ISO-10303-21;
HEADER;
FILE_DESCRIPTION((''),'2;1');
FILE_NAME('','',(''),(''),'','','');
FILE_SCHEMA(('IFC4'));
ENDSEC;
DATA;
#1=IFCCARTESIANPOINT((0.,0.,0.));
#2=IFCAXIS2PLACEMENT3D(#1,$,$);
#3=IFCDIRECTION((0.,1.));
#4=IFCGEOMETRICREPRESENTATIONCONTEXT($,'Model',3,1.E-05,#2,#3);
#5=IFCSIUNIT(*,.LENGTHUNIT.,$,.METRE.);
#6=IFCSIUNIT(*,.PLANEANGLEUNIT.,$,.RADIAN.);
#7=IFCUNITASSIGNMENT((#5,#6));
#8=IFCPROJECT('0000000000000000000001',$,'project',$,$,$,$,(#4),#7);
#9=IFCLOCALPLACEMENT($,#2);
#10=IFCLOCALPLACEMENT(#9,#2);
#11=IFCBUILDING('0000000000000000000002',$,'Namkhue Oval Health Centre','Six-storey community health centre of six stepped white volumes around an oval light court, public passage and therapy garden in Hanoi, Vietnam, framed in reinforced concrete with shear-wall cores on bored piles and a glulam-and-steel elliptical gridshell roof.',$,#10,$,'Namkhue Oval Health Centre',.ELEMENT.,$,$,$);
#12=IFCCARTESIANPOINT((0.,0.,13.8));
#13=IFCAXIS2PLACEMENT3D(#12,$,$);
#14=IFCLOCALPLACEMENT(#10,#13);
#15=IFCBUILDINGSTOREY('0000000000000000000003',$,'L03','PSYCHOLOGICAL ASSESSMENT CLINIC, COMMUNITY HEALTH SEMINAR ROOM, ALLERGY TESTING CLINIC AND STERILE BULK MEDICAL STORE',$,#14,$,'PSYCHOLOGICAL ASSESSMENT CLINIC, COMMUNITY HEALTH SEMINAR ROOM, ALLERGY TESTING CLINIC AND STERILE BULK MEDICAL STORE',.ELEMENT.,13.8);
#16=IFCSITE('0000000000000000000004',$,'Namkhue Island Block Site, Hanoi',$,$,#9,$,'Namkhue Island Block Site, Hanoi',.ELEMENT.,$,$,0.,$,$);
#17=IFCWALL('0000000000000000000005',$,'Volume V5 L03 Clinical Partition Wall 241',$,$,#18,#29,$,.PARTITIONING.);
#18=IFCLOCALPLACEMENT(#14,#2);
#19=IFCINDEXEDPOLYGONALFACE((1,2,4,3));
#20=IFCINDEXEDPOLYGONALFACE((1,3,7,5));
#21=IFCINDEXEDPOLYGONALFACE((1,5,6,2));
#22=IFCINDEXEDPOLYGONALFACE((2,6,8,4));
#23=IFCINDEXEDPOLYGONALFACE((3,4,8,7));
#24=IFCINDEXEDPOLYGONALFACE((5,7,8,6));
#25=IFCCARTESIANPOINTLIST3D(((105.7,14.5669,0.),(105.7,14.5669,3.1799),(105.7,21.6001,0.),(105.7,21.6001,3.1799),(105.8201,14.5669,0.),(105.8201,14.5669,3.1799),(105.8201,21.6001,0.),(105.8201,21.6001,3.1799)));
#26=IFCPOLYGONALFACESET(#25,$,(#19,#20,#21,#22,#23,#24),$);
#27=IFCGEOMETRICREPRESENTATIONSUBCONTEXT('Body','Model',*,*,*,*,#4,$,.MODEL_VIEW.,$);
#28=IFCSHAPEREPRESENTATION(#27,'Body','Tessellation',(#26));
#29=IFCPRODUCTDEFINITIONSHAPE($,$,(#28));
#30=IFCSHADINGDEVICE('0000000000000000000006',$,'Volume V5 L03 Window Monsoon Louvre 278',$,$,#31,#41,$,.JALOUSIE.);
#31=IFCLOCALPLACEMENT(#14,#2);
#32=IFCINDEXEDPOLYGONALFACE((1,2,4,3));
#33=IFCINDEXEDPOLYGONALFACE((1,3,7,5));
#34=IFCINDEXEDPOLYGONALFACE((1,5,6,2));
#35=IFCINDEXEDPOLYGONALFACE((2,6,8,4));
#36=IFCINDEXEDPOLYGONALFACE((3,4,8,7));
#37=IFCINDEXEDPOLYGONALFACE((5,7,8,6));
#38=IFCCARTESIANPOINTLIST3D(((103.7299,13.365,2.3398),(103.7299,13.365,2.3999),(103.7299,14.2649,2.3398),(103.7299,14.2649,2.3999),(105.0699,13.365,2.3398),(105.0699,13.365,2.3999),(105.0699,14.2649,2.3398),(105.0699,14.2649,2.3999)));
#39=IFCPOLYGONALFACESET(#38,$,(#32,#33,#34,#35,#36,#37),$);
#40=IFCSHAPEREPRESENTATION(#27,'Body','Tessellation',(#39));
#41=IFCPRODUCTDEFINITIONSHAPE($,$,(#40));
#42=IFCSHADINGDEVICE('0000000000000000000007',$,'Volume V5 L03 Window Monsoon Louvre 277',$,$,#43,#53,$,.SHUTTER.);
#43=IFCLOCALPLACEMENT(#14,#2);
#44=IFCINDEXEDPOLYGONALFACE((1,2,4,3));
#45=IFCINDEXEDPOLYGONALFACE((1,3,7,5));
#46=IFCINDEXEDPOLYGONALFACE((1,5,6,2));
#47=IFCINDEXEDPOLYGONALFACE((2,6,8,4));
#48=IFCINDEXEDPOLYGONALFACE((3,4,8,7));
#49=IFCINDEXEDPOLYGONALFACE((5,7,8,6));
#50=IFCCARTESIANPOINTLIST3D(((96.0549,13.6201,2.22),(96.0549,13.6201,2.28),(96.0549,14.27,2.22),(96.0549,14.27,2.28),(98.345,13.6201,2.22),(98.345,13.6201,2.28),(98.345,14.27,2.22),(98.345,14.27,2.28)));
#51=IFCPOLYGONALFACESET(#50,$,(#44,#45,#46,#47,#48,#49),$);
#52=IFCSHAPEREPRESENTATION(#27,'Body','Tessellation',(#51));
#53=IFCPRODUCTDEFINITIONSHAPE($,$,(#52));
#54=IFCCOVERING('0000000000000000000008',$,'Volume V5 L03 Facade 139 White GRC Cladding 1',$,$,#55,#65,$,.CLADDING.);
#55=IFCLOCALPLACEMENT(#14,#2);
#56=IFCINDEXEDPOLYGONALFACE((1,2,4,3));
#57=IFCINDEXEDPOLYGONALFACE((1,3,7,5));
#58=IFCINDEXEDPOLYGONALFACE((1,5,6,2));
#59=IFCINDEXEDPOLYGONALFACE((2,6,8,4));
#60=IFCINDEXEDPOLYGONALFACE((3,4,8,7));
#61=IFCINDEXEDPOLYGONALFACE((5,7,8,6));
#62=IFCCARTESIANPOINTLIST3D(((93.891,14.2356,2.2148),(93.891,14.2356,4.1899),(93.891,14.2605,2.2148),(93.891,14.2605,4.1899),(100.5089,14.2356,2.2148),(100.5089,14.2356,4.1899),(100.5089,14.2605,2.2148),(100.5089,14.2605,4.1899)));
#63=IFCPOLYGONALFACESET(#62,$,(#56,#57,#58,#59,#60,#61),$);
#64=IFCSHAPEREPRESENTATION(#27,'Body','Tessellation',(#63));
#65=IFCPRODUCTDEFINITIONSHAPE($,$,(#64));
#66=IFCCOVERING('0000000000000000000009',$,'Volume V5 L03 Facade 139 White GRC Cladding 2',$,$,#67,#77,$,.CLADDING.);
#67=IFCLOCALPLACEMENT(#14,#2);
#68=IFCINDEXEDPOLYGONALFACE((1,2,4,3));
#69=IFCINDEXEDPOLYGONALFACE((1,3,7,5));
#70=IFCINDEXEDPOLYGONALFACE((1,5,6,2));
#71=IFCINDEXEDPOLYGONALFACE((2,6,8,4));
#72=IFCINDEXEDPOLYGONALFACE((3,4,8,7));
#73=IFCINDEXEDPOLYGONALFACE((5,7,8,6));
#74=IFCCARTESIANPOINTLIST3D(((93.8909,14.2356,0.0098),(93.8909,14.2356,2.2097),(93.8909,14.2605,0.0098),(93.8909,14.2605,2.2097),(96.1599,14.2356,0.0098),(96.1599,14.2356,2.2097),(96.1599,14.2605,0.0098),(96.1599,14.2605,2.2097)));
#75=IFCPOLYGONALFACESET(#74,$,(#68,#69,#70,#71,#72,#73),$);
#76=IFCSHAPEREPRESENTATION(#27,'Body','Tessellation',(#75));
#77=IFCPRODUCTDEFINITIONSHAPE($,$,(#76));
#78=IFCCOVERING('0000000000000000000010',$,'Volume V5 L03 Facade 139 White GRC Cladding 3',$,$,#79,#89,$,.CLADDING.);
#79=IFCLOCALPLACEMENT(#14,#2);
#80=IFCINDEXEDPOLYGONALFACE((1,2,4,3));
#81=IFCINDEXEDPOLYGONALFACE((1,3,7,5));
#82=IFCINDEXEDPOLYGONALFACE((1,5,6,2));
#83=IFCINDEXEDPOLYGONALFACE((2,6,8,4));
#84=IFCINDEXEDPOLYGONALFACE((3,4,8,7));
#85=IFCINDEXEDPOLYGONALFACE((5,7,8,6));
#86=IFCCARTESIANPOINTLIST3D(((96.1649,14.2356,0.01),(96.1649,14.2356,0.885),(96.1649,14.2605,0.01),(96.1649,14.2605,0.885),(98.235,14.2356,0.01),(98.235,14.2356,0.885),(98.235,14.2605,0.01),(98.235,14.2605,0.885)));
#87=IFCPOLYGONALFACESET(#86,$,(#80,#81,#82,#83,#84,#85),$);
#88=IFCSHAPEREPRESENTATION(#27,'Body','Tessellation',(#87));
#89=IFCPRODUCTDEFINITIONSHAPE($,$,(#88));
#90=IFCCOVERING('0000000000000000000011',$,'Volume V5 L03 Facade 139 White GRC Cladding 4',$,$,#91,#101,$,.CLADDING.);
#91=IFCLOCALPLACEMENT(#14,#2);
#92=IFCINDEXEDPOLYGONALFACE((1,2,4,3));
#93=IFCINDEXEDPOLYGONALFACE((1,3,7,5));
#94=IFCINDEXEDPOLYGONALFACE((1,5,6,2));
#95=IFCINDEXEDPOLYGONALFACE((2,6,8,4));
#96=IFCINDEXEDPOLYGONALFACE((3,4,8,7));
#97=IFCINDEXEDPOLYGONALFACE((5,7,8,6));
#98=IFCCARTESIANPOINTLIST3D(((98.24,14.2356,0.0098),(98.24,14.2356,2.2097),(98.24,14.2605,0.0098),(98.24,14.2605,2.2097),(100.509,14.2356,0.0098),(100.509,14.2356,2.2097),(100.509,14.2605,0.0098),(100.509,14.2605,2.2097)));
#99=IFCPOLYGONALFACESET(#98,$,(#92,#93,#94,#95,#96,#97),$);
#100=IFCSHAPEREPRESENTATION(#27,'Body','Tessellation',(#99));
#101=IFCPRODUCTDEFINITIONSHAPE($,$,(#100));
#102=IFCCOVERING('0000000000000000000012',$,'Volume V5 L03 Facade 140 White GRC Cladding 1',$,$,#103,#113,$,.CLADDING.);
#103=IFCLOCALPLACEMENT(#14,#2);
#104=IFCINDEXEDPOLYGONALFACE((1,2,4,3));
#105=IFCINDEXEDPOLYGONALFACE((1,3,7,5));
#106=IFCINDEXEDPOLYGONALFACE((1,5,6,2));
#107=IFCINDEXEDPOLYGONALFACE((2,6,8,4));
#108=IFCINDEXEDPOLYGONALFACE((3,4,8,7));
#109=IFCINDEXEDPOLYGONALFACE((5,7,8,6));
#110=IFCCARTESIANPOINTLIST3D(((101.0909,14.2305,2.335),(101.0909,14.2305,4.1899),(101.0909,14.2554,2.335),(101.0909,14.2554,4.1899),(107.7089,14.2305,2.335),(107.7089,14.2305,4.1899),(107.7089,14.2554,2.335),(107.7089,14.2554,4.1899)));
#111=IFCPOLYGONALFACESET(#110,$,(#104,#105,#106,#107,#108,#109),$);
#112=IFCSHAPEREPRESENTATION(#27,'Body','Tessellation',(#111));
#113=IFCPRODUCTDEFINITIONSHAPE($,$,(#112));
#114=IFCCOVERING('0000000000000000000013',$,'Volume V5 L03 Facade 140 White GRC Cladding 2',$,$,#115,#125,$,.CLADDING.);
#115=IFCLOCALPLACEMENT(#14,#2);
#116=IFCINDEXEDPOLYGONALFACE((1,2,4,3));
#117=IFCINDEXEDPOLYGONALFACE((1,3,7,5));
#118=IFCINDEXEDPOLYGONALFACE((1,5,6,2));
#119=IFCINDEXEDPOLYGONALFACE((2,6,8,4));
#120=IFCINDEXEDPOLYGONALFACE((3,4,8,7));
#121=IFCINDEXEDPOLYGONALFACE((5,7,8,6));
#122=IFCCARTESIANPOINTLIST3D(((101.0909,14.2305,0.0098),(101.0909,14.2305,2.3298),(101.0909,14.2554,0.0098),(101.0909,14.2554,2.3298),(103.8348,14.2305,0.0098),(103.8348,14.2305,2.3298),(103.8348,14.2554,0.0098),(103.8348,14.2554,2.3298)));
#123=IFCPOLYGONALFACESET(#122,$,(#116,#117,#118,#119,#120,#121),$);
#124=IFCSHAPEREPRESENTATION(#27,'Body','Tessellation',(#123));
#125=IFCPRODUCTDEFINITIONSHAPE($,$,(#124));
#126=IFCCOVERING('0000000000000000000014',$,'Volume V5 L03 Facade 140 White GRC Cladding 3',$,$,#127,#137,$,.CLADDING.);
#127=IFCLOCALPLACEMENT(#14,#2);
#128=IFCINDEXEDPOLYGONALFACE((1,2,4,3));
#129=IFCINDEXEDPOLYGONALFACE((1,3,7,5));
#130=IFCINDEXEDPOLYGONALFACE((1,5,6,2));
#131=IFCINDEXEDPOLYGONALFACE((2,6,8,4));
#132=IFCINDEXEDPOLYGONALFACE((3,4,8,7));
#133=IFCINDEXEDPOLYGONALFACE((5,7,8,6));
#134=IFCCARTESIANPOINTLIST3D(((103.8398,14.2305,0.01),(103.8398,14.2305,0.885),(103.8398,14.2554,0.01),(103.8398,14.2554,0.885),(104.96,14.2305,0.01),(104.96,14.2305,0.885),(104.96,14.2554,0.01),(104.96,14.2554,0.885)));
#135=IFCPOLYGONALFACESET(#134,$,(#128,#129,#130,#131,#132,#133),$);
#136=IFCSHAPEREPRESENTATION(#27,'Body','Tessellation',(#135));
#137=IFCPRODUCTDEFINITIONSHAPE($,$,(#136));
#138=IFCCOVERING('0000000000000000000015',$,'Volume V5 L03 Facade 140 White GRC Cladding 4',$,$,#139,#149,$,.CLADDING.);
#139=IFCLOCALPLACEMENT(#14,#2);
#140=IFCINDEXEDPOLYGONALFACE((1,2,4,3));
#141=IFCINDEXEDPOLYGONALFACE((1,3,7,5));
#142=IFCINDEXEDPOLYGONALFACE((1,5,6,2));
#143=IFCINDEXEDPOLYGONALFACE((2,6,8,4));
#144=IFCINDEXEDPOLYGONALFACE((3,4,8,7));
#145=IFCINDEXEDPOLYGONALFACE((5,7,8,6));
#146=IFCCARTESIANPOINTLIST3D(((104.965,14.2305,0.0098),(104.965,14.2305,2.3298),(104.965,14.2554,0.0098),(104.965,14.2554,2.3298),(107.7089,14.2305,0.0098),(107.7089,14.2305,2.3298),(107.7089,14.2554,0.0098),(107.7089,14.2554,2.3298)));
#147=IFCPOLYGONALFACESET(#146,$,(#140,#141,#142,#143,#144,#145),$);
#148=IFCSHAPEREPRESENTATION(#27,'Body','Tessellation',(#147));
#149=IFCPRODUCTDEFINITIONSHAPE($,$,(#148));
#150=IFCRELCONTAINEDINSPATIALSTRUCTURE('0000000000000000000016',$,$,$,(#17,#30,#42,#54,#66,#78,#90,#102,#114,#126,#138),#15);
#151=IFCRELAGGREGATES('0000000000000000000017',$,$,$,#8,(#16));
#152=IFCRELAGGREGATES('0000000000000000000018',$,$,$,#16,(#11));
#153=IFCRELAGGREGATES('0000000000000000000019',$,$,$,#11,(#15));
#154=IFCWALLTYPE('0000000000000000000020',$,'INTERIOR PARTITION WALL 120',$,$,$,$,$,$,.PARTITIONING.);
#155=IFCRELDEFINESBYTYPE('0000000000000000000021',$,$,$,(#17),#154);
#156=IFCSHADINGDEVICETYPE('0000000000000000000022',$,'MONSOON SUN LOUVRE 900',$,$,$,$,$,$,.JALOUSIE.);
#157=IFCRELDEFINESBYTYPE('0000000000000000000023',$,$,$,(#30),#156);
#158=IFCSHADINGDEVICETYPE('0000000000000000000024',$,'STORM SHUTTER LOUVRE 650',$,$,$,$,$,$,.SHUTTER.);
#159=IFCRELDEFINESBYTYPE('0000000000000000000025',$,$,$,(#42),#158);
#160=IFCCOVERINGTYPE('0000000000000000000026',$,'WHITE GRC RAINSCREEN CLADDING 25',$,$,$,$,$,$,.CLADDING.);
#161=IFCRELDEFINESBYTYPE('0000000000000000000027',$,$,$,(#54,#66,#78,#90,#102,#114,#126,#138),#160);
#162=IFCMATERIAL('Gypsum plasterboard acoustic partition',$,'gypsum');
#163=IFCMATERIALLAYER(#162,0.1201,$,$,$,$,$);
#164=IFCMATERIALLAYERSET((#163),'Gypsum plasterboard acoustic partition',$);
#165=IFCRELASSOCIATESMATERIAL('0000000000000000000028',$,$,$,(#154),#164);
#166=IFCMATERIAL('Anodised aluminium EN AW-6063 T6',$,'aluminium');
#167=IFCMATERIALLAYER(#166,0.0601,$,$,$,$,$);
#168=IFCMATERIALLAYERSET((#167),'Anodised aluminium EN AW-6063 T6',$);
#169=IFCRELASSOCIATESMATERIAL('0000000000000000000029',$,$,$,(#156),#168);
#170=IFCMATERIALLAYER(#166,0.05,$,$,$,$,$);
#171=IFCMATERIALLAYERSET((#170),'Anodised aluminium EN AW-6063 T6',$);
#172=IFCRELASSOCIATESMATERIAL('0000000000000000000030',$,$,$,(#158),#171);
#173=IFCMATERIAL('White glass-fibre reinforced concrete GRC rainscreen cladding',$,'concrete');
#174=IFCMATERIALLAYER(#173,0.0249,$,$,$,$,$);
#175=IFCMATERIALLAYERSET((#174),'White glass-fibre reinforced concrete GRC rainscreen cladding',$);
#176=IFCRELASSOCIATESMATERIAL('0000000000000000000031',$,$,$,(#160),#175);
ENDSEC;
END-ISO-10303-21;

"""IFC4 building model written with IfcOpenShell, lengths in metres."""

from ifc_helpers import new_model, si_unit, direction, frame, frame_2d, origin, origin_2d, place, context, subcontext, project, spatial, rectangle, extrude, material, layer, layer_set, type_object, element, save


model = new_model("IFC4")

# Units and contexts
model_context = context("Model", 3, precision=1e-05, world=origin(), true_north=direction((0.0, 1.0)))
body_context = subcontext(model_context, "Body", "Model", "MODEL_VIEW")
ifc_project = project(units=[si_unit("LENGTHUNIT", "METRE"), si_unit("PLANEANGLEUNIT", "RADIAN")], contexts=[model_context])

# Site, building, storey
site_placement = place(None, origin())
site = spatial("IfcSite", under=ifc_project, at=site_placement, Name="Namkhue Island Block Site, Hanoi", LongName="Namkhue Island Block Site, Hanoi", CompositionType="ELEMENT", RefElevation=0.0)
building_placement = place(site_placement, origin())
building = spatial("IfcBuilding", under=site, at=building_placement, Name="Namkhue Oval Health Centre", Description="Six-storey community health centre of six stepped white volumes around an oval light court, public passage and therapy garden in Hanoi, Vietnam, framed in reinforced concrete with shear-wall cores on bored piles and a glulam-and-steel elliptical gridshell roof.", LongName="Namkhue Oval Health Centre", CompositionType="ELEMENT")
storey_placement = place(building_placement, frame((0.0, 0.0, 13.8)))
storey = spatial("IfcBuildingStorey", under=building, at=storey_placement, Name="L03", Description="PSYCHOLOGICAL ASSESSMENT CLINIC, COMMUNITY HEALTH SEMINAR ROOM, ALLERGY TESTING CLINIC AND STERILE BULK MEDICAL STORE", LongName="PSYCHOLOGICAL ASSESSMENT CLINIC, COMMUNITY HEALTH SEMINAR ROOM, ALLERGY TESTING CLINIC AND STERILE BULK MEDICAL STORE", CompositionType="ELEMENT", Elevation=13.8)

# Wall
ifc_material_1 = material(Name="Gypsum plasterboard acoustic partition", Category="gypsum")
ifc_layer_1 = layer(ifc_material_1, 0.1201)
ifc_layer_set_1 = layer_set([ifc_layer_1], Name="Gypsum plasterboard acoustic partition")
wall_type_1 = type_object("IfcWallType", Name="INTERIOR PARTITION WALL 120", PredefinedType="PARTITIONING", material=ifc_layer_set_1)
wall_1_placement = place(storey_placement, frame((105.76, 14.5669, 0.0), z_axis=(0.0, 0.0, 1.0), x_axis=(0.0, 1.0, 0.0)))
element("IfcWall", 1, at=wall_1_placement, inside=storey, type_object=wall_type_1, Name="Volume V5 L03 Clinical Partition Wall 241", PredefinedType="PARTITIONING", context=body_context, shape_type="SweptSolid", body=[
    extrude(rectangle(XDim=7.0332, YDim=0.1201, at=frame_2d((3.5166, 0.0))), origin(), (0.0, 0.0, 1.0), 3.1799),
])

# Shading devices
ifc_material_2 = material(Name="Anodised aluminium EN AW-6063 T6", Category="aluminium")
ifc_layer_2 = layer(ifc_material_2, 0.0601)
ifc_layer_set_2 = layer_set([ifc_layer_2], Name="Anodised aluminium EN AW-6063 T6")
shading_device_type_1 = type_object("IfcShadingDeviceType", Name="MONSOON SUN LOUVRE 900", PredefinedType="JALOUSIE", material=ifc_layer_set_2)
shading_device_1_placement = place(storey_placement, frame((104.3999, 13.8149, 2.3398), z_axis=(0.0, 0.0, 1.0), x_axis=(1.0, 0.0, 0.0)))
element("IfcShadingDevice", 2, at=shading_device_1_placement, inside=storey, type_object=shading_device_type_1, Name="Volume V5 L03 Window Monsoon Louvre 278", PredefinedType="JALOUSIE", context=body_context, shape_type="SweptSolid", body=[
    extrude(rectangle(XDim=1.3401, YDim=0.8999, at=origin_2d()), origin(), (0.0, 0.0, 1.0), 0.0601),
])
ifc_layer_3 = layer(ifc_material_2, 0.05)
ifc_layer_set_3 = layer_set([ifc_layer_3], Name="Anodised aluminium EN AW-6063 T6")
shading_device_type_2 = type_object("IfcShadingDeviceType", Name="STORM SHUTTER LOUVRE 650", PredefinedType="SHUTTER", material=ifc_layer_set_3)
shading_device_2_placement = place(storey_placement, frame((97.2, 13.9451, 2.22), z_axis=(0.0, 0.0, 1.0), x_axis=(1.0, 0.0, 0.0)))
element("IfcShadingDevice", 3, at=shading_device_2_placement, inside=storey, type_object=shading_device_type_2, Name="Volume V5 L03 Window Monsoon Louvre 277", PredefinedType="SHUTTER", context=body_context, shape_type="SweptSolid", body=[
    extrude(rectangle(XDim=2.29, YDim=0.6499, at=origin_2d()), origin(), (0.0, 0.0, 1.0), 0.0601),
])

# Coverings
ifc_material_3 = material(Name="White glass-fibre reinforced concrete GRC rainscreen cladding", Category="concrete")
ifc_layer_4 = layer(ifc_material_3, 0.0249)
ifc_layer_set_4 = layer_set([ifc_layer_4], Name="White glass-fibre reinforced concrete GRC rainscreen cladding")
covering_type = type_object("IfcCoveringType", Name="WHITE GRC RAINSCREEN CLADDING 25", PredefinedType="CLADDING", material=ifc_layer_set_4)
covering_1_placement = place(storey_placement, frame((97.2, 14.248, 2.2148), z_axis=(0.0, 0.0, 1.0), x_axis=(1.0, 0.0, 0.0)))
element("IfcCovering", 4, at=covering_1_placement, inside=storey, type_object=covering_type, Name="Volume V5 L03 Facade 139 White GRC Cladding 1", PredefinedType="CLADDING", context=body_context, shape_type="SweptSolid", body=[
    extrude(rectangle(XDim=6.6179, YDim=0.0249, at=origin_2d()), origin(), (0.0, 0.0, 1.0), 1.9751),
])
covering_2_placement = place(storey_placement, frame((95.0254, 14.248, 0.0098), z_axis=(0.0, 0.0, 1.0), x_axis=(1.0, 0.0, 0.0)))
element("IfcCovering", 5, at=covering_2_placement, inside=storey, type_object=covering_type, Name="Volume V5 L03 Facade 139 White GRC Cladding 2", PredefinedType="CLADDING", context=body_context, shape_type="SweptSolid", body=[
    extrude(rectangle(XDim=2.269, YDim=0.0249, at=origin_2d()), origin(), (0.0, 0.0, 1.0), 2.2),
])
covering_3_placement = place(storey_placement, frame((97.2, 14.248, 0.01), z_axis=(0.0, 0.0, 1.0), x_axis=(1.0, 0.0, 0.0)))
element("IfcCovering", 6, at=covering_3_placement, inside=storey, type_object=covering_type, Name="Volume V5 L03 Facade 139 White GRC Cladding 3", PredefinedType="CLADDING", context=body_context, shape_type="SweptSolid", body=[
    extrude(rectangle(XDim=2.0701, YDim=0.0249, at=origin_2d()), origin(), (0.0, 0.0, 1.0), 0.875),
])
covering_4_placement = place(storey_placement, frame((99.3745, 14.248, 0.0098), z_axis=(0.0, 0.0, 1.0), x_axis=(1.0, 0.0, 0.0)))
element("IfcCovering", 7, at=covering_4_placement, inside=storey, type_object=covering_type, Name="Volume V5 L03 Facade 139 White GRC Cladding 4", PredefinedType="CLADDING", context=body_context, shape_type="SweptSolid", body=[
    extrude(rectangle(XDim=2.269, YDim=0.0249, at=origin_2d()), origin(), (0.0, 0.0, 1.0), 2.2),
])
covering_5_placement = place(storey_placement, frame((104.3999, 14.2429, 2.335), z_axis=(0.0, 0.0, 1.0), x_axis=(1.0, 0.0, 0.0)))
element("IfcCovering", 8, at=covering_5_placement, inside=storey, type_object=covering_type, Name="Volume V5 L03 Facade 140 White GRC Cladding 1", PredefinedType="CLADDING", context=body_context, shape_type="SweptSolid", body=[
    extrude(rectangle(XDim=6.6179, YDim=0.0249, at=origin_2d()), origin(), (0.0, 0.0, 1.0), 1.855),
])
covering_6_placement = place(storey_placement, frame((102.4629, 14.2429, 0.0098), z_axis=(0.0, 0.0, 1.0), x_axis=(1.0, 0.0, 0.0)))
element("IfcCovering", 9, at=covering_6_placement, inside=storey, type_object=covering_type, Name="Volume V5 L03 Facade 140 White GRC Cladding 2", PredefinedType="CLADDING", context=body_context, shape_type="SweptSolid", body=[
    extrude(rectangle(XDim=2.7439, YDim=0.0249, at=origin_2d()), origin(), (0.0, 0.0, 1.0), 2.3201),
])
covering_7_placement = place(storey_placement, frame((104.3999, 14.2429, 0.01), z_axis=(0.0, 0.0, 1.0), x_axis=(1.0, 0.0, 0.0)))
element("IfcCovering", 10, at=covering_7_placement, inside=storey, type_object=covering_type, Name="Volume V5 L03 Facade 140 White GRC Cladding 3", PredefinedType="CLADDING", context=body_context, shape_type="SweptSolid", body=[
    extrude(rectangle(XDim=1.1201, YDim=0.0249, at=origin_2d()), origin(), (0.0, 0.0, 1.0), 0.875),
])
covering_8_placement = place(storey_placement, frame((106.3369, 14.2429, 0.0098), z_axis=(0.0, 0.0, 1.0), x_axis=(1.0, 0.0, 0.0)))
element("IfcCovering", 11, at=covering_8_placement, inside=storey, type_object=covering_type, Name="Volume V5 L03 Facade 140 White GRC Cladding 4", PredefinedType="CLADDING", context=body_context, shape_type="SweptSolid", body=[
    extrude(rectangle(XDim=2.7439, YDim=0.0249, at=origin_2d()), origin(), (0.0, 0.0, 1.0), 2.3201),
])

save(model, "model.ifc")
